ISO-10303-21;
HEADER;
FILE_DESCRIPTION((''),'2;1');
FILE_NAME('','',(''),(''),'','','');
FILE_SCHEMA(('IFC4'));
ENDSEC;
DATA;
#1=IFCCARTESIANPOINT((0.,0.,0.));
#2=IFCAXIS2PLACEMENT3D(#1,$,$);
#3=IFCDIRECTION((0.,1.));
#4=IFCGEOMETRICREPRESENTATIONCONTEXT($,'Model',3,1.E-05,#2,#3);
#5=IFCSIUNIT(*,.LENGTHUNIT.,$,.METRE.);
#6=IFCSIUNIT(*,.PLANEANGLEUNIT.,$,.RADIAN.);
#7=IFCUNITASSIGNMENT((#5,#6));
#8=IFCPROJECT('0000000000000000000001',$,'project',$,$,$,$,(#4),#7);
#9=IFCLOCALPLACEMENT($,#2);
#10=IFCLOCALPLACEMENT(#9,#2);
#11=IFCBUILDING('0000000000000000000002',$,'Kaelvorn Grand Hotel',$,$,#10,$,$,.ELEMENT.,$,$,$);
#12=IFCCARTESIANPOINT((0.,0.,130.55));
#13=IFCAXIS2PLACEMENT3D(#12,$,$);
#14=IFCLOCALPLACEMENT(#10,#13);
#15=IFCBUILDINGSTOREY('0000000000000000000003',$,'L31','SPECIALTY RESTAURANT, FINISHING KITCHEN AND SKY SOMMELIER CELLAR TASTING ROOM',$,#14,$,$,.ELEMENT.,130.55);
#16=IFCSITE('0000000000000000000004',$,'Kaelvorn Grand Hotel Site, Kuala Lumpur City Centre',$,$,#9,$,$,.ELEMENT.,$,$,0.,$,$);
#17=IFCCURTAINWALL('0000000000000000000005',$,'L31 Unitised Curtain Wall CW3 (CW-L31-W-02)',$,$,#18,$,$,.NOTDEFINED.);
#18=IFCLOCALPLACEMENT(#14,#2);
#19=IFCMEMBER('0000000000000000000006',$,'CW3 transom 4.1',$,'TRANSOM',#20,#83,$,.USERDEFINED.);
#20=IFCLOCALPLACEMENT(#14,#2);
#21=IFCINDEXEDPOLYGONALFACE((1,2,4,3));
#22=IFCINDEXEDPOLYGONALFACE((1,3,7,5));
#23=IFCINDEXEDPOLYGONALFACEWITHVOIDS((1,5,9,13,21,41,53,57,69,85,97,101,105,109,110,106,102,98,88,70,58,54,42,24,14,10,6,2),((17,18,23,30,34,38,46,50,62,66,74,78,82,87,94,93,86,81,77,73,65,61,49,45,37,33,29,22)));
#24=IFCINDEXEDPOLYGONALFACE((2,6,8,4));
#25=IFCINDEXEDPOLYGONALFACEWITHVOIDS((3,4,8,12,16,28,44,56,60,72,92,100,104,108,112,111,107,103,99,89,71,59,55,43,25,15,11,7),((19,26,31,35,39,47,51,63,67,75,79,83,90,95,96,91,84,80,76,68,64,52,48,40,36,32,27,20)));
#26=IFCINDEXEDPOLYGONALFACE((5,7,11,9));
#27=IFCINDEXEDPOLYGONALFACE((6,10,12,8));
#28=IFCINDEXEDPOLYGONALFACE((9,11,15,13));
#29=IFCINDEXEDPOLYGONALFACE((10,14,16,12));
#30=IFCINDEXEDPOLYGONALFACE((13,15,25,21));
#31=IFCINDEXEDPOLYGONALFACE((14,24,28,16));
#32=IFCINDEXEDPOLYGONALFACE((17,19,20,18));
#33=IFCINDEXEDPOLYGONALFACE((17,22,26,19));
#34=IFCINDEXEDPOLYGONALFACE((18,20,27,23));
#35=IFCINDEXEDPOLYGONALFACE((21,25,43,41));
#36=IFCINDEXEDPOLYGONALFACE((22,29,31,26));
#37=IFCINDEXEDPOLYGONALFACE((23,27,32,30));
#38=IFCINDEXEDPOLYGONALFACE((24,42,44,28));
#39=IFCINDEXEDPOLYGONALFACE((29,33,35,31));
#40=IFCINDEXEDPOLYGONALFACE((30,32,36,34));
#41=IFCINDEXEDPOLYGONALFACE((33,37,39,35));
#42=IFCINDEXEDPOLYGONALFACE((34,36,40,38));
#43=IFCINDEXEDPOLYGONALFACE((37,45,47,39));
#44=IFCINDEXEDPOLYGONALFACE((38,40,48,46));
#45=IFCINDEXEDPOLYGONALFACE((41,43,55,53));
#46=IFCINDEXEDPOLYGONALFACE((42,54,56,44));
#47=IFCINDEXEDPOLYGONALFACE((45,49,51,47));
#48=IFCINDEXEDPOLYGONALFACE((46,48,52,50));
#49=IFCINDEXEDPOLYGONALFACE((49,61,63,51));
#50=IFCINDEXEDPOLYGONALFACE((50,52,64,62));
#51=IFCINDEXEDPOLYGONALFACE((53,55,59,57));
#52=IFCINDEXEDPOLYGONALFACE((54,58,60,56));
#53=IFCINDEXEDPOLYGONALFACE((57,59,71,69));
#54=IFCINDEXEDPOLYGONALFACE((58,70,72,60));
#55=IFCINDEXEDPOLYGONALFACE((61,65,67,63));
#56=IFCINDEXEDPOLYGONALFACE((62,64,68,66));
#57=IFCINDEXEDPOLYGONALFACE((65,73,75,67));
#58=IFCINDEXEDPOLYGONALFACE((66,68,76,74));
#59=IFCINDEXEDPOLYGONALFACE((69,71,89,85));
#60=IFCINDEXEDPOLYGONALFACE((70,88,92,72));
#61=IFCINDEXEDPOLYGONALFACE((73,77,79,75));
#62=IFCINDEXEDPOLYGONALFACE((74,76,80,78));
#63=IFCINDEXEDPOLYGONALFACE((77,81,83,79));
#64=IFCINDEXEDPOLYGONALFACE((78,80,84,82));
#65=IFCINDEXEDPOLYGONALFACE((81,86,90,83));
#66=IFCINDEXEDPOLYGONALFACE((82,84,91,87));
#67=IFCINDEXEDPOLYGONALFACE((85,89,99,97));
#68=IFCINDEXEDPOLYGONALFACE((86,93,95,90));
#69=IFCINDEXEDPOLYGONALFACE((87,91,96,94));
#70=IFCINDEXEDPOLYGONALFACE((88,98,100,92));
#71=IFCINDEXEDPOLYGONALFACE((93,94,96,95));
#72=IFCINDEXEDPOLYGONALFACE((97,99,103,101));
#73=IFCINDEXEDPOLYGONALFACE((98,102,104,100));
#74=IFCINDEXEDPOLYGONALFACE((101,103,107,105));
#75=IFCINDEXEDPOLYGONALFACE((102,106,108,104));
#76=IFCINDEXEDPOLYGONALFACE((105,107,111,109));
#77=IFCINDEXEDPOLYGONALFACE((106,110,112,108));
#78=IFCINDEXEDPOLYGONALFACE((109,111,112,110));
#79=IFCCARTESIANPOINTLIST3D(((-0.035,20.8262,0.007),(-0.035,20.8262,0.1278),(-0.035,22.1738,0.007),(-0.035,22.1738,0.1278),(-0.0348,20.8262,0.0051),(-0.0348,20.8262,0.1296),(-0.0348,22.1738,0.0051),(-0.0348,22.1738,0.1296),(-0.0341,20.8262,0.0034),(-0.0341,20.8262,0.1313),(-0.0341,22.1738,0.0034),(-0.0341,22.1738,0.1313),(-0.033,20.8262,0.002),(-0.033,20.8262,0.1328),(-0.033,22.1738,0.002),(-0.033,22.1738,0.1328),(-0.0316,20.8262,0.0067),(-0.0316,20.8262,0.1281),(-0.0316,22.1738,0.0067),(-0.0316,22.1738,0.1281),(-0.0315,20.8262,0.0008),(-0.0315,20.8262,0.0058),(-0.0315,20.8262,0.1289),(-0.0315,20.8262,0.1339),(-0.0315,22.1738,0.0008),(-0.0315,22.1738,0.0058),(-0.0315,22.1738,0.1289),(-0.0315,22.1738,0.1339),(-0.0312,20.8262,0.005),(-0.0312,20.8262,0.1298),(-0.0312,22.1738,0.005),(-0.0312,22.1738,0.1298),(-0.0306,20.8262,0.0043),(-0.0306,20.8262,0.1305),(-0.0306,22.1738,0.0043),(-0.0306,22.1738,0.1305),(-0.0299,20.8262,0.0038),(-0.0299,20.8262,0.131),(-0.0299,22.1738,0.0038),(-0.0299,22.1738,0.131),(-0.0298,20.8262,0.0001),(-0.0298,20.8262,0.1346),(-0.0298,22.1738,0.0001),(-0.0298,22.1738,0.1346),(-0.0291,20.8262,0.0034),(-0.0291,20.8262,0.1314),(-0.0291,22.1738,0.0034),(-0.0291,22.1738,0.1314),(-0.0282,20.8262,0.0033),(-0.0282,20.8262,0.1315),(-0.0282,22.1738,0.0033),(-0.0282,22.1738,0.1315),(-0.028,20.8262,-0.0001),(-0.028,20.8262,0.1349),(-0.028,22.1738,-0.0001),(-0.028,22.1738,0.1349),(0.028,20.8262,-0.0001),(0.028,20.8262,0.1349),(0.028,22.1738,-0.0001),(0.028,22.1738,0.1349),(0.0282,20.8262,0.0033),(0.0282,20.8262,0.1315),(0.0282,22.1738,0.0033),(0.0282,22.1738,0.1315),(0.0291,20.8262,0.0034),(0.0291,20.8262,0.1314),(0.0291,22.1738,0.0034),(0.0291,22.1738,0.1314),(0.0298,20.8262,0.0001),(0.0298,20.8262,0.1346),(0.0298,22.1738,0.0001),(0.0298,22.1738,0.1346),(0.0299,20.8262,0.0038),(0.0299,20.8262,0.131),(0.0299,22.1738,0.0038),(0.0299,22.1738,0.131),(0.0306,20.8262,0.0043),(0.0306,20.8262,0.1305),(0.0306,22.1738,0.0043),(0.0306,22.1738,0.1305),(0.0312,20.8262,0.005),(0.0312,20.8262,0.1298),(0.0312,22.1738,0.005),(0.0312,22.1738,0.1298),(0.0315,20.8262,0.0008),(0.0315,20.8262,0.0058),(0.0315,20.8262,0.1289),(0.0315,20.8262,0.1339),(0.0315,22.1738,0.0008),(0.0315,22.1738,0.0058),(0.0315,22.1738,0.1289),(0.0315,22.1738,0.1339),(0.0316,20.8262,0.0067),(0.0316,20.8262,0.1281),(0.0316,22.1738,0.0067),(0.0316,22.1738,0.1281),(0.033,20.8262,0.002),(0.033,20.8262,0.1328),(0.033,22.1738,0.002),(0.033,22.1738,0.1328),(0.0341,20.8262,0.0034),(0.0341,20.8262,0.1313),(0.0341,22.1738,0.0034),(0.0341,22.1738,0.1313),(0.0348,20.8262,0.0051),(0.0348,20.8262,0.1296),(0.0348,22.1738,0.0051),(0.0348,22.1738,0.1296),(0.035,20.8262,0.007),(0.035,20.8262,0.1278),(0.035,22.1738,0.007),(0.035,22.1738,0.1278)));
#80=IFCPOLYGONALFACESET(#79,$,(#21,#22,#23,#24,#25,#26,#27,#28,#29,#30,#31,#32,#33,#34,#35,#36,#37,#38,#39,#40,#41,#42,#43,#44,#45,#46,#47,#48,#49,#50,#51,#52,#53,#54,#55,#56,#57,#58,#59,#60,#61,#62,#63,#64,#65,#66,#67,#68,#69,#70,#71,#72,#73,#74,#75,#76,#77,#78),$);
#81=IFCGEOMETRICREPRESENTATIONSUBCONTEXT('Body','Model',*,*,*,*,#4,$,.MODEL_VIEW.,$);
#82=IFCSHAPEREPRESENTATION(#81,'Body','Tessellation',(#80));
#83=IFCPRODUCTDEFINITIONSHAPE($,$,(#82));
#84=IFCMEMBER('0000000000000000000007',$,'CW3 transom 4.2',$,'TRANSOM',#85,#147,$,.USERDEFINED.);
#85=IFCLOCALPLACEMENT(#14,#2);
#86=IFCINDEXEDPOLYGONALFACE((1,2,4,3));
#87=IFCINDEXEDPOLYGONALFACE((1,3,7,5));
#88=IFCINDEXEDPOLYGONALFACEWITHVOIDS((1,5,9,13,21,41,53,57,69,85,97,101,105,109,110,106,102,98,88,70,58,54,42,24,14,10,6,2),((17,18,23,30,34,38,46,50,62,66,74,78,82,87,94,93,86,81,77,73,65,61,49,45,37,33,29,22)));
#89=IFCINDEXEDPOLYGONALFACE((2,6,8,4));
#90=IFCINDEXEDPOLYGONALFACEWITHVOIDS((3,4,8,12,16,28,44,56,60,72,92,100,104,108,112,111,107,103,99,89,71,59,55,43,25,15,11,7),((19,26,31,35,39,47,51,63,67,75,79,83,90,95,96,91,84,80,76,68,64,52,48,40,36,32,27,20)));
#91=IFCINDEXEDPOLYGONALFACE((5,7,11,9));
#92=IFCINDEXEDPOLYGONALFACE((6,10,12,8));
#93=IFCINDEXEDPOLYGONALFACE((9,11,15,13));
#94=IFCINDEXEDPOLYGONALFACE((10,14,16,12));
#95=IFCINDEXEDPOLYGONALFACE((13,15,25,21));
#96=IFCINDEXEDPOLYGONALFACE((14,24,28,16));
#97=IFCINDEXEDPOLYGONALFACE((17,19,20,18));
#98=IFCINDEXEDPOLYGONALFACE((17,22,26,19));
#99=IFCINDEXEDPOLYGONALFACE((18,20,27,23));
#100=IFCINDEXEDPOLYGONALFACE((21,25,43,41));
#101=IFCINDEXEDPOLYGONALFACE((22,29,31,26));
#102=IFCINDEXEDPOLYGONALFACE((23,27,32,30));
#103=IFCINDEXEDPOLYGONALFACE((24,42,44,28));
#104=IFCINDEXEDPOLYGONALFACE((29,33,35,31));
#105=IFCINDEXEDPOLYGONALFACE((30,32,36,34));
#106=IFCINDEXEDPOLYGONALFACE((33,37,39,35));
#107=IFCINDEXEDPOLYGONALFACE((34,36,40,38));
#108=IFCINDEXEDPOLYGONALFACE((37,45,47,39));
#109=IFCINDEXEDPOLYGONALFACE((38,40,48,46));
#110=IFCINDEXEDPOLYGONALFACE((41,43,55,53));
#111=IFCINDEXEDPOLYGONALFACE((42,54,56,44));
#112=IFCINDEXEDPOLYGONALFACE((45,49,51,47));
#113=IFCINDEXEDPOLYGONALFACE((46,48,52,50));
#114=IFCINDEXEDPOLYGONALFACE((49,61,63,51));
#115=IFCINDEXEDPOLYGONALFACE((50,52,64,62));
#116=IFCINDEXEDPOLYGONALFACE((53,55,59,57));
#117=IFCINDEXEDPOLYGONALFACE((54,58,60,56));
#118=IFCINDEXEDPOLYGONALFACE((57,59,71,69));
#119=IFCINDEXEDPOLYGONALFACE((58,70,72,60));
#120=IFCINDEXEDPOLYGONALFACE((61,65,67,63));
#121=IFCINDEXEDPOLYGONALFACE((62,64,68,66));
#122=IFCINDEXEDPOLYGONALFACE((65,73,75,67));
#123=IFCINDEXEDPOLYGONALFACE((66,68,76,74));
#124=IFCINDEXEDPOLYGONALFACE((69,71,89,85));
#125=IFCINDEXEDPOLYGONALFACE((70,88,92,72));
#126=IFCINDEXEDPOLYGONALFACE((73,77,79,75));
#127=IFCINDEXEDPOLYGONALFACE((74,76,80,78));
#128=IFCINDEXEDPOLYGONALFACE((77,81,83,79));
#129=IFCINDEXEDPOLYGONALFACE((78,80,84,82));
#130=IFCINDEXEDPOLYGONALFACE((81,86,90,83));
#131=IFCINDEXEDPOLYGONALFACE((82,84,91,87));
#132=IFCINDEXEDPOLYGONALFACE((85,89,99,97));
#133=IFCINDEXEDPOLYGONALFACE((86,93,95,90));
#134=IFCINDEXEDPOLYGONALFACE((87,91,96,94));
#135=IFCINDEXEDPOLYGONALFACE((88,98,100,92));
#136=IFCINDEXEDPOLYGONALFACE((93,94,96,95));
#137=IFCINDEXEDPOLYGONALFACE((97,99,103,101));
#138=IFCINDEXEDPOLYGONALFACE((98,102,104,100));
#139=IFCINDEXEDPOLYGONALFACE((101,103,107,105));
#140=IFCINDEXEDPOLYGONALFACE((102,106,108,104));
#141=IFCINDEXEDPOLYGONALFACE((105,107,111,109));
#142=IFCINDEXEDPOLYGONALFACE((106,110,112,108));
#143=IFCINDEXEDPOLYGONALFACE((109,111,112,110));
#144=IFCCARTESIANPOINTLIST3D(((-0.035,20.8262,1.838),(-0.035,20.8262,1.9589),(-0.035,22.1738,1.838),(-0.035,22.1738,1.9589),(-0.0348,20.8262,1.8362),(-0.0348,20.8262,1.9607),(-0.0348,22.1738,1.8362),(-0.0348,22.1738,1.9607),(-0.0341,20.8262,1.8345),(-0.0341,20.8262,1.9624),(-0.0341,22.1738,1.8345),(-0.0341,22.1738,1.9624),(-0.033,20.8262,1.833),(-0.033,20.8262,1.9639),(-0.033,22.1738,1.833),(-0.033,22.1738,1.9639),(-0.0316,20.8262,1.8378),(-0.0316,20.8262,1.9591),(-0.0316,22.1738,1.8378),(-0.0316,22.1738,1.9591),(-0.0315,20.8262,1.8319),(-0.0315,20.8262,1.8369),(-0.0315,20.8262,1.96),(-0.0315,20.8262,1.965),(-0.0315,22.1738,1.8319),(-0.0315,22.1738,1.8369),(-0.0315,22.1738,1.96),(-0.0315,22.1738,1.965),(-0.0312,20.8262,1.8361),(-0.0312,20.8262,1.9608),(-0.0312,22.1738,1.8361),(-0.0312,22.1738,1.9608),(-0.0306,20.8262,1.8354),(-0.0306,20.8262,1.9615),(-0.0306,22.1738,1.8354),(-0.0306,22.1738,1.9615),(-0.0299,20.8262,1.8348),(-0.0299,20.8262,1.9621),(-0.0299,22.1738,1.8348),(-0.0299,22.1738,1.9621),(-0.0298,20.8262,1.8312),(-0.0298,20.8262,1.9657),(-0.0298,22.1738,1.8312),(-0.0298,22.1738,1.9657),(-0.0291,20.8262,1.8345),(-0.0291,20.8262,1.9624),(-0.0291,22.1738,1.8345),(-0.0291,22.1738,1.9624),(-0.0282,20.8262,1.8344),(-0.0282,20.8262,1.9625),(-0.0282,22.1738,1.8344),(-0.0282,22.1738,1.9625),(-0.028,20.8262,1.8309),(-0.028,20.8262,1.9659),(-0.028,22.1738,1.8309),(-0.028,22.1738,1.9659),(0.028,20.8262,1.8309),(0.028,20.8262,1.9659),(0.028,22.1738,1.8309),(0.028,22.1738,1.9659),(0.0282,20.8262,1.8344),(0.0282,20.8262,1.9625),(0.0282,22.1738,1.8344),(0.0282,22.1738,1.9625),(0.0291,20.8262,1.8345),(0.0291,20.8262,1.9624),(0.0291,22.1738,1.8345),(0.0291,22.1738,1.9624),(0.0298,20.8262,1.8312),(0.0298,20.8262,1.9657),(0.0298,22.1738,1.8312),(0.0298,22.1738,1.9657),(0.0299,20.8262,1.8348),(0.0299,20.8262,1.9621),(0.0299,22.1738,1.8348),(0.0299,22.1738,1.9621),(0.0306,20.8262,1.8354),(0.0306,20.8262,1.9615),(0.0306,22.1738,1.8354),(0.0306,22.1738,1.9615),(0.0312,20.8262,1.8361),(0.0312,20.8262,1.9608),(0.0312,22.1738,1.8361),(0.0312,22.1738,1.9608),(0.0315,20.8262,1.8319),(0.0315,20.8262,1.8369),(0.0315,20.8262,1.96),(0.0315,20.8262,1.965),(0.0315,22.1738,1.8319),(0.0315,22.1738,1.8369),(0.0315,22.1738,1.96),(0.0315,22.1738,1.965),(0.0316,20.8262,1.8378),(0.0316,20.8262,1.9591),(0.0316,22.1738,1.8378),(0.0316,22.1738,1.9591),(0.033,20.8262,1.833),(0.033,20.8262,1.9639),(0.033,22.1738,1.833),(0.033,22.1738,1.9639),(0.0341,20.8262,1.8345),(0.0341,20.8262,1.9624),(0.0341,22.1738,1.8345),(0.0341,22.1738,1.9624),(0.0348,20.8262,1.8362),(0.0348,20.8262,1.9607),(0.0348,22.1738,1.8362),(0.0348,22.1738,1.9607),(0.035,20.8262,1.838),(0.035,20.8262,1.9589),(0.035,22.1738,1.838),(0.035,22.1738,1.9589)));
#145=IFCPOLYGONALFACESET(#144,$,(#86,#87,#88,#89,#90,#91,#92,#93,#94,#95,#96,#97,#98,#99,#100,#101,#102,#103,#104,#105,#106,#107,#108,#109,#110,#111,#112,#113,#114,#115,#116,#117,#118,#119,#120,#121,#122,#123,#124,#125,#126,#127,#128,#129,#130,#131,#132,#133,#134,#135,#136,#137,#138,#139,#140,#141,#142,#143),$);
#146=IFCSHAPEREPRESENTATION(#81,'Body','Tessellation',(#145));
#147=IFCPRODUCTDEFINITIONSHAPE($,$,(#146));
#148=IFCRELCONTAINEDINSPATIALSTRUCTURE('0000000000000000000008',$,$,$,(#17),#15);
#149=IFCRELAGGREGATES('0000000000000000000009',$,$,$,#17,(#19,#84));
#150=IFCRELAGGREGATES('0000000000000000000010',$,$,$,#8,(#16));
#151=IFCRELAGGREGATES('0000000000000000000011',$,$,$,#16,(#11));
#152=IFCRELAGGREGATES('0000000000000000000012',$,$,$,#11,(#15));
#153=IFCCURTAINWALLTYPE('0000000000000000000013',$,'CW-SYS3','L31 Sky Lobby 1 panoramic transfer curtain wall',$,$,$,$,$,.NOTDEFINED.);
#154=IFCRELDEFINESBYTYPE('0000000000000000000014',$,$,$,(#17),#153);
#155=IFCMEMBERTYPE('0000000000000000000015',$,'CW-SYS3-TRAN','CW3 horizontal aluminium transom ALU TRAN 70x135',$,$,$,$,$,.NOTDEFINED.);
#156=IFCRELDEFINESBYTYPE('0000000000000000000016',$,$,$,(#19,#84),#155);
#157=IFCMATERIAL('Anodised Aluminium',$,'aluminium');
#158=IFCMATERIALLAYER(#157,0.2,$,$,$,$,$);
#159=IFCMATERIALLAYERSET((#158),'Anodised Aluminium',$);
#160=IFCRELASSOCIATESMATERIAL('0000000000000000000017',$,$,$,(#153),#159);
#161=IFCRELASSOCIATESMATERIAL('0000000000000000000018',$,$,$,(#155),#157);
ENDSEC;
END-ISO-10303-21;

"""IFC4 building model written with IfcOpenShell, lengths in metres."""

from ifc_helpers import new_model, si_unit, direction, frame, origin, origin_2d, place, context, subcontext, project, spatial, hollow_rectangle, extrude, material, layer, layer_set, material_profile, profile_set, type_object, element, aggregate, save


model = new_model("IFC4")

# Units and contexts
model_context = context("Model", 3, precision=1e-05, world=origin(), true_north=direction((0.0, 1.0)))
body_context = subcontext(model_context, "Body", "Model", "MODEL_VIEW")
ifc_project = project(units=[si_unit("LENGTHUNIT", "METRE"), si_unit("PLANEANGLEUNIT", "RADIAN")], contexts=[model_context])

# Site, building, storey
site_placement = place(None, origin())
site = spatial("IfcSite", under=ifc_project, at=site_placement, Name="Kaelvorn Grand Hotel Site, Kuala Lumpur City Centre", CompositionType="ELEMENT", RefElevation=0.0)
building_placement = place(site_placement, origin())
building = spatial("IfcBuilding", under=site, at=building_placement, Name="Kaelvorn Grand Hotel", CompositionType="ELEMENT")
storey_placement = place(building_placement, frame((0.0, 0.0, 130.55)))
storey = spatial("IfcBuildingStorey", under=building, at=storey_placement, Name="L31", Description="SPECIALTY RESTAURANT, FINISHING KITCHEN AND SKY SOMMELIER CELLAR TASTING ROOM", CompositionType="ELEMENT", Elevation=130.55)

# Curtain wall, members
ifc_material_1 = material(Name="Anodised Aluminium", Category="aluminium")
ifc_layer_1 = layer(ifc_material_1, 0.2)
ifc_layer_set_1 = layer_set([ifc_layer_1], Name="Anodised Aluminium")
curtain_wall_type = type_object("IfcCurtainWallType", Name="CW-SYS3", Description="L31 Sky Lobby 1 panoramic transfer curtain wall", PredefinedType="NOTDEFINED", material=ifc_layer_set_1)
curtain_wall_placement = place(storey_placement, origin())
curtain_wall = element("IfcCurtainWall", 1, at=curtain_wall_placement, inside=storey, type_object=curtain_wall_type, Name="L31 Unitised Curtain Wall CW3 (CW-L31-W-02)", PredefinedType="NOTDEFINED")
ifc_material_profile_1 = material_profile(ifc_material_1, hollow_rectangle(XDim=0.0701, YDim=0.135, WallThickness=0.0034, InnerFilletRadius=0.0034, OuterFilletRadius=0.0071, at=origin_2d()), Name="ALU TRAN 70x135")
ifc_profile_set_1 = profile_set([ifc_material_profile_1], Name="Anodised Aluminium")
member_type_1 = type_object("IfcMemberType", Name="CW-SYS3-TRAN", Description="CW3 horizontal aluminium transom ALU TRAN 70x135", PredefinedType="NOTDEFINED", material=ifc_profile_set_1)
member_1_placement = place(storey_placement, frame((0.0, 22.1738, 0.0674), z_axis=(0.0, -1.0, 0.0), x_axis=(1.0, 0.0, 0.0)))
member_1 = element("IfcMember", 2, at=member_1_placement, type_object=member_type_1, Name="CW3 transom 4.1", ObjectType="TRANSOM", PredefinedType="USERDEFINED", context=body_context, shape_type="SweptSolid", body=[
    extrude(hollow_rectangle(XDim=0.0701, YDim=0.135, WallThickness=0.0034, InnerFilletRadius=0.0034, OuterFilletRadius=0.0071, at=origin_2d()), origin(), (0.0, 0.0, 1.0), 1.3477),
])
member_2_placement = place(storey_placement, frame((0.0, 22.1738, 1.8984), z_axis=(0.0, -1.0, 0.0), x_axis=(1.0, 0.0, 0.0)))
member_2 = element("IfcMember", 3, at=member_2_placement, type_object=member_type_1, Name="CW3 transom 4.2", ObjectType="TRANSOM", PredefinedType="USERDEFINED", context=body_context, shape_type="SweptSolid", body=[
    extrude(hollow_rectangle(XDim=0.0701, YDim=0.135, WallThickness=0.0034, InnerFilletRadius=0.0034, OuterFilletRadius=0.0071, at=origin_2d()), origin(), (0.0, 0.0, 1.0), 1.3477),
])
aggregate(curtain_wall, [member_1, member_2])

save(model, "model.ifc")
